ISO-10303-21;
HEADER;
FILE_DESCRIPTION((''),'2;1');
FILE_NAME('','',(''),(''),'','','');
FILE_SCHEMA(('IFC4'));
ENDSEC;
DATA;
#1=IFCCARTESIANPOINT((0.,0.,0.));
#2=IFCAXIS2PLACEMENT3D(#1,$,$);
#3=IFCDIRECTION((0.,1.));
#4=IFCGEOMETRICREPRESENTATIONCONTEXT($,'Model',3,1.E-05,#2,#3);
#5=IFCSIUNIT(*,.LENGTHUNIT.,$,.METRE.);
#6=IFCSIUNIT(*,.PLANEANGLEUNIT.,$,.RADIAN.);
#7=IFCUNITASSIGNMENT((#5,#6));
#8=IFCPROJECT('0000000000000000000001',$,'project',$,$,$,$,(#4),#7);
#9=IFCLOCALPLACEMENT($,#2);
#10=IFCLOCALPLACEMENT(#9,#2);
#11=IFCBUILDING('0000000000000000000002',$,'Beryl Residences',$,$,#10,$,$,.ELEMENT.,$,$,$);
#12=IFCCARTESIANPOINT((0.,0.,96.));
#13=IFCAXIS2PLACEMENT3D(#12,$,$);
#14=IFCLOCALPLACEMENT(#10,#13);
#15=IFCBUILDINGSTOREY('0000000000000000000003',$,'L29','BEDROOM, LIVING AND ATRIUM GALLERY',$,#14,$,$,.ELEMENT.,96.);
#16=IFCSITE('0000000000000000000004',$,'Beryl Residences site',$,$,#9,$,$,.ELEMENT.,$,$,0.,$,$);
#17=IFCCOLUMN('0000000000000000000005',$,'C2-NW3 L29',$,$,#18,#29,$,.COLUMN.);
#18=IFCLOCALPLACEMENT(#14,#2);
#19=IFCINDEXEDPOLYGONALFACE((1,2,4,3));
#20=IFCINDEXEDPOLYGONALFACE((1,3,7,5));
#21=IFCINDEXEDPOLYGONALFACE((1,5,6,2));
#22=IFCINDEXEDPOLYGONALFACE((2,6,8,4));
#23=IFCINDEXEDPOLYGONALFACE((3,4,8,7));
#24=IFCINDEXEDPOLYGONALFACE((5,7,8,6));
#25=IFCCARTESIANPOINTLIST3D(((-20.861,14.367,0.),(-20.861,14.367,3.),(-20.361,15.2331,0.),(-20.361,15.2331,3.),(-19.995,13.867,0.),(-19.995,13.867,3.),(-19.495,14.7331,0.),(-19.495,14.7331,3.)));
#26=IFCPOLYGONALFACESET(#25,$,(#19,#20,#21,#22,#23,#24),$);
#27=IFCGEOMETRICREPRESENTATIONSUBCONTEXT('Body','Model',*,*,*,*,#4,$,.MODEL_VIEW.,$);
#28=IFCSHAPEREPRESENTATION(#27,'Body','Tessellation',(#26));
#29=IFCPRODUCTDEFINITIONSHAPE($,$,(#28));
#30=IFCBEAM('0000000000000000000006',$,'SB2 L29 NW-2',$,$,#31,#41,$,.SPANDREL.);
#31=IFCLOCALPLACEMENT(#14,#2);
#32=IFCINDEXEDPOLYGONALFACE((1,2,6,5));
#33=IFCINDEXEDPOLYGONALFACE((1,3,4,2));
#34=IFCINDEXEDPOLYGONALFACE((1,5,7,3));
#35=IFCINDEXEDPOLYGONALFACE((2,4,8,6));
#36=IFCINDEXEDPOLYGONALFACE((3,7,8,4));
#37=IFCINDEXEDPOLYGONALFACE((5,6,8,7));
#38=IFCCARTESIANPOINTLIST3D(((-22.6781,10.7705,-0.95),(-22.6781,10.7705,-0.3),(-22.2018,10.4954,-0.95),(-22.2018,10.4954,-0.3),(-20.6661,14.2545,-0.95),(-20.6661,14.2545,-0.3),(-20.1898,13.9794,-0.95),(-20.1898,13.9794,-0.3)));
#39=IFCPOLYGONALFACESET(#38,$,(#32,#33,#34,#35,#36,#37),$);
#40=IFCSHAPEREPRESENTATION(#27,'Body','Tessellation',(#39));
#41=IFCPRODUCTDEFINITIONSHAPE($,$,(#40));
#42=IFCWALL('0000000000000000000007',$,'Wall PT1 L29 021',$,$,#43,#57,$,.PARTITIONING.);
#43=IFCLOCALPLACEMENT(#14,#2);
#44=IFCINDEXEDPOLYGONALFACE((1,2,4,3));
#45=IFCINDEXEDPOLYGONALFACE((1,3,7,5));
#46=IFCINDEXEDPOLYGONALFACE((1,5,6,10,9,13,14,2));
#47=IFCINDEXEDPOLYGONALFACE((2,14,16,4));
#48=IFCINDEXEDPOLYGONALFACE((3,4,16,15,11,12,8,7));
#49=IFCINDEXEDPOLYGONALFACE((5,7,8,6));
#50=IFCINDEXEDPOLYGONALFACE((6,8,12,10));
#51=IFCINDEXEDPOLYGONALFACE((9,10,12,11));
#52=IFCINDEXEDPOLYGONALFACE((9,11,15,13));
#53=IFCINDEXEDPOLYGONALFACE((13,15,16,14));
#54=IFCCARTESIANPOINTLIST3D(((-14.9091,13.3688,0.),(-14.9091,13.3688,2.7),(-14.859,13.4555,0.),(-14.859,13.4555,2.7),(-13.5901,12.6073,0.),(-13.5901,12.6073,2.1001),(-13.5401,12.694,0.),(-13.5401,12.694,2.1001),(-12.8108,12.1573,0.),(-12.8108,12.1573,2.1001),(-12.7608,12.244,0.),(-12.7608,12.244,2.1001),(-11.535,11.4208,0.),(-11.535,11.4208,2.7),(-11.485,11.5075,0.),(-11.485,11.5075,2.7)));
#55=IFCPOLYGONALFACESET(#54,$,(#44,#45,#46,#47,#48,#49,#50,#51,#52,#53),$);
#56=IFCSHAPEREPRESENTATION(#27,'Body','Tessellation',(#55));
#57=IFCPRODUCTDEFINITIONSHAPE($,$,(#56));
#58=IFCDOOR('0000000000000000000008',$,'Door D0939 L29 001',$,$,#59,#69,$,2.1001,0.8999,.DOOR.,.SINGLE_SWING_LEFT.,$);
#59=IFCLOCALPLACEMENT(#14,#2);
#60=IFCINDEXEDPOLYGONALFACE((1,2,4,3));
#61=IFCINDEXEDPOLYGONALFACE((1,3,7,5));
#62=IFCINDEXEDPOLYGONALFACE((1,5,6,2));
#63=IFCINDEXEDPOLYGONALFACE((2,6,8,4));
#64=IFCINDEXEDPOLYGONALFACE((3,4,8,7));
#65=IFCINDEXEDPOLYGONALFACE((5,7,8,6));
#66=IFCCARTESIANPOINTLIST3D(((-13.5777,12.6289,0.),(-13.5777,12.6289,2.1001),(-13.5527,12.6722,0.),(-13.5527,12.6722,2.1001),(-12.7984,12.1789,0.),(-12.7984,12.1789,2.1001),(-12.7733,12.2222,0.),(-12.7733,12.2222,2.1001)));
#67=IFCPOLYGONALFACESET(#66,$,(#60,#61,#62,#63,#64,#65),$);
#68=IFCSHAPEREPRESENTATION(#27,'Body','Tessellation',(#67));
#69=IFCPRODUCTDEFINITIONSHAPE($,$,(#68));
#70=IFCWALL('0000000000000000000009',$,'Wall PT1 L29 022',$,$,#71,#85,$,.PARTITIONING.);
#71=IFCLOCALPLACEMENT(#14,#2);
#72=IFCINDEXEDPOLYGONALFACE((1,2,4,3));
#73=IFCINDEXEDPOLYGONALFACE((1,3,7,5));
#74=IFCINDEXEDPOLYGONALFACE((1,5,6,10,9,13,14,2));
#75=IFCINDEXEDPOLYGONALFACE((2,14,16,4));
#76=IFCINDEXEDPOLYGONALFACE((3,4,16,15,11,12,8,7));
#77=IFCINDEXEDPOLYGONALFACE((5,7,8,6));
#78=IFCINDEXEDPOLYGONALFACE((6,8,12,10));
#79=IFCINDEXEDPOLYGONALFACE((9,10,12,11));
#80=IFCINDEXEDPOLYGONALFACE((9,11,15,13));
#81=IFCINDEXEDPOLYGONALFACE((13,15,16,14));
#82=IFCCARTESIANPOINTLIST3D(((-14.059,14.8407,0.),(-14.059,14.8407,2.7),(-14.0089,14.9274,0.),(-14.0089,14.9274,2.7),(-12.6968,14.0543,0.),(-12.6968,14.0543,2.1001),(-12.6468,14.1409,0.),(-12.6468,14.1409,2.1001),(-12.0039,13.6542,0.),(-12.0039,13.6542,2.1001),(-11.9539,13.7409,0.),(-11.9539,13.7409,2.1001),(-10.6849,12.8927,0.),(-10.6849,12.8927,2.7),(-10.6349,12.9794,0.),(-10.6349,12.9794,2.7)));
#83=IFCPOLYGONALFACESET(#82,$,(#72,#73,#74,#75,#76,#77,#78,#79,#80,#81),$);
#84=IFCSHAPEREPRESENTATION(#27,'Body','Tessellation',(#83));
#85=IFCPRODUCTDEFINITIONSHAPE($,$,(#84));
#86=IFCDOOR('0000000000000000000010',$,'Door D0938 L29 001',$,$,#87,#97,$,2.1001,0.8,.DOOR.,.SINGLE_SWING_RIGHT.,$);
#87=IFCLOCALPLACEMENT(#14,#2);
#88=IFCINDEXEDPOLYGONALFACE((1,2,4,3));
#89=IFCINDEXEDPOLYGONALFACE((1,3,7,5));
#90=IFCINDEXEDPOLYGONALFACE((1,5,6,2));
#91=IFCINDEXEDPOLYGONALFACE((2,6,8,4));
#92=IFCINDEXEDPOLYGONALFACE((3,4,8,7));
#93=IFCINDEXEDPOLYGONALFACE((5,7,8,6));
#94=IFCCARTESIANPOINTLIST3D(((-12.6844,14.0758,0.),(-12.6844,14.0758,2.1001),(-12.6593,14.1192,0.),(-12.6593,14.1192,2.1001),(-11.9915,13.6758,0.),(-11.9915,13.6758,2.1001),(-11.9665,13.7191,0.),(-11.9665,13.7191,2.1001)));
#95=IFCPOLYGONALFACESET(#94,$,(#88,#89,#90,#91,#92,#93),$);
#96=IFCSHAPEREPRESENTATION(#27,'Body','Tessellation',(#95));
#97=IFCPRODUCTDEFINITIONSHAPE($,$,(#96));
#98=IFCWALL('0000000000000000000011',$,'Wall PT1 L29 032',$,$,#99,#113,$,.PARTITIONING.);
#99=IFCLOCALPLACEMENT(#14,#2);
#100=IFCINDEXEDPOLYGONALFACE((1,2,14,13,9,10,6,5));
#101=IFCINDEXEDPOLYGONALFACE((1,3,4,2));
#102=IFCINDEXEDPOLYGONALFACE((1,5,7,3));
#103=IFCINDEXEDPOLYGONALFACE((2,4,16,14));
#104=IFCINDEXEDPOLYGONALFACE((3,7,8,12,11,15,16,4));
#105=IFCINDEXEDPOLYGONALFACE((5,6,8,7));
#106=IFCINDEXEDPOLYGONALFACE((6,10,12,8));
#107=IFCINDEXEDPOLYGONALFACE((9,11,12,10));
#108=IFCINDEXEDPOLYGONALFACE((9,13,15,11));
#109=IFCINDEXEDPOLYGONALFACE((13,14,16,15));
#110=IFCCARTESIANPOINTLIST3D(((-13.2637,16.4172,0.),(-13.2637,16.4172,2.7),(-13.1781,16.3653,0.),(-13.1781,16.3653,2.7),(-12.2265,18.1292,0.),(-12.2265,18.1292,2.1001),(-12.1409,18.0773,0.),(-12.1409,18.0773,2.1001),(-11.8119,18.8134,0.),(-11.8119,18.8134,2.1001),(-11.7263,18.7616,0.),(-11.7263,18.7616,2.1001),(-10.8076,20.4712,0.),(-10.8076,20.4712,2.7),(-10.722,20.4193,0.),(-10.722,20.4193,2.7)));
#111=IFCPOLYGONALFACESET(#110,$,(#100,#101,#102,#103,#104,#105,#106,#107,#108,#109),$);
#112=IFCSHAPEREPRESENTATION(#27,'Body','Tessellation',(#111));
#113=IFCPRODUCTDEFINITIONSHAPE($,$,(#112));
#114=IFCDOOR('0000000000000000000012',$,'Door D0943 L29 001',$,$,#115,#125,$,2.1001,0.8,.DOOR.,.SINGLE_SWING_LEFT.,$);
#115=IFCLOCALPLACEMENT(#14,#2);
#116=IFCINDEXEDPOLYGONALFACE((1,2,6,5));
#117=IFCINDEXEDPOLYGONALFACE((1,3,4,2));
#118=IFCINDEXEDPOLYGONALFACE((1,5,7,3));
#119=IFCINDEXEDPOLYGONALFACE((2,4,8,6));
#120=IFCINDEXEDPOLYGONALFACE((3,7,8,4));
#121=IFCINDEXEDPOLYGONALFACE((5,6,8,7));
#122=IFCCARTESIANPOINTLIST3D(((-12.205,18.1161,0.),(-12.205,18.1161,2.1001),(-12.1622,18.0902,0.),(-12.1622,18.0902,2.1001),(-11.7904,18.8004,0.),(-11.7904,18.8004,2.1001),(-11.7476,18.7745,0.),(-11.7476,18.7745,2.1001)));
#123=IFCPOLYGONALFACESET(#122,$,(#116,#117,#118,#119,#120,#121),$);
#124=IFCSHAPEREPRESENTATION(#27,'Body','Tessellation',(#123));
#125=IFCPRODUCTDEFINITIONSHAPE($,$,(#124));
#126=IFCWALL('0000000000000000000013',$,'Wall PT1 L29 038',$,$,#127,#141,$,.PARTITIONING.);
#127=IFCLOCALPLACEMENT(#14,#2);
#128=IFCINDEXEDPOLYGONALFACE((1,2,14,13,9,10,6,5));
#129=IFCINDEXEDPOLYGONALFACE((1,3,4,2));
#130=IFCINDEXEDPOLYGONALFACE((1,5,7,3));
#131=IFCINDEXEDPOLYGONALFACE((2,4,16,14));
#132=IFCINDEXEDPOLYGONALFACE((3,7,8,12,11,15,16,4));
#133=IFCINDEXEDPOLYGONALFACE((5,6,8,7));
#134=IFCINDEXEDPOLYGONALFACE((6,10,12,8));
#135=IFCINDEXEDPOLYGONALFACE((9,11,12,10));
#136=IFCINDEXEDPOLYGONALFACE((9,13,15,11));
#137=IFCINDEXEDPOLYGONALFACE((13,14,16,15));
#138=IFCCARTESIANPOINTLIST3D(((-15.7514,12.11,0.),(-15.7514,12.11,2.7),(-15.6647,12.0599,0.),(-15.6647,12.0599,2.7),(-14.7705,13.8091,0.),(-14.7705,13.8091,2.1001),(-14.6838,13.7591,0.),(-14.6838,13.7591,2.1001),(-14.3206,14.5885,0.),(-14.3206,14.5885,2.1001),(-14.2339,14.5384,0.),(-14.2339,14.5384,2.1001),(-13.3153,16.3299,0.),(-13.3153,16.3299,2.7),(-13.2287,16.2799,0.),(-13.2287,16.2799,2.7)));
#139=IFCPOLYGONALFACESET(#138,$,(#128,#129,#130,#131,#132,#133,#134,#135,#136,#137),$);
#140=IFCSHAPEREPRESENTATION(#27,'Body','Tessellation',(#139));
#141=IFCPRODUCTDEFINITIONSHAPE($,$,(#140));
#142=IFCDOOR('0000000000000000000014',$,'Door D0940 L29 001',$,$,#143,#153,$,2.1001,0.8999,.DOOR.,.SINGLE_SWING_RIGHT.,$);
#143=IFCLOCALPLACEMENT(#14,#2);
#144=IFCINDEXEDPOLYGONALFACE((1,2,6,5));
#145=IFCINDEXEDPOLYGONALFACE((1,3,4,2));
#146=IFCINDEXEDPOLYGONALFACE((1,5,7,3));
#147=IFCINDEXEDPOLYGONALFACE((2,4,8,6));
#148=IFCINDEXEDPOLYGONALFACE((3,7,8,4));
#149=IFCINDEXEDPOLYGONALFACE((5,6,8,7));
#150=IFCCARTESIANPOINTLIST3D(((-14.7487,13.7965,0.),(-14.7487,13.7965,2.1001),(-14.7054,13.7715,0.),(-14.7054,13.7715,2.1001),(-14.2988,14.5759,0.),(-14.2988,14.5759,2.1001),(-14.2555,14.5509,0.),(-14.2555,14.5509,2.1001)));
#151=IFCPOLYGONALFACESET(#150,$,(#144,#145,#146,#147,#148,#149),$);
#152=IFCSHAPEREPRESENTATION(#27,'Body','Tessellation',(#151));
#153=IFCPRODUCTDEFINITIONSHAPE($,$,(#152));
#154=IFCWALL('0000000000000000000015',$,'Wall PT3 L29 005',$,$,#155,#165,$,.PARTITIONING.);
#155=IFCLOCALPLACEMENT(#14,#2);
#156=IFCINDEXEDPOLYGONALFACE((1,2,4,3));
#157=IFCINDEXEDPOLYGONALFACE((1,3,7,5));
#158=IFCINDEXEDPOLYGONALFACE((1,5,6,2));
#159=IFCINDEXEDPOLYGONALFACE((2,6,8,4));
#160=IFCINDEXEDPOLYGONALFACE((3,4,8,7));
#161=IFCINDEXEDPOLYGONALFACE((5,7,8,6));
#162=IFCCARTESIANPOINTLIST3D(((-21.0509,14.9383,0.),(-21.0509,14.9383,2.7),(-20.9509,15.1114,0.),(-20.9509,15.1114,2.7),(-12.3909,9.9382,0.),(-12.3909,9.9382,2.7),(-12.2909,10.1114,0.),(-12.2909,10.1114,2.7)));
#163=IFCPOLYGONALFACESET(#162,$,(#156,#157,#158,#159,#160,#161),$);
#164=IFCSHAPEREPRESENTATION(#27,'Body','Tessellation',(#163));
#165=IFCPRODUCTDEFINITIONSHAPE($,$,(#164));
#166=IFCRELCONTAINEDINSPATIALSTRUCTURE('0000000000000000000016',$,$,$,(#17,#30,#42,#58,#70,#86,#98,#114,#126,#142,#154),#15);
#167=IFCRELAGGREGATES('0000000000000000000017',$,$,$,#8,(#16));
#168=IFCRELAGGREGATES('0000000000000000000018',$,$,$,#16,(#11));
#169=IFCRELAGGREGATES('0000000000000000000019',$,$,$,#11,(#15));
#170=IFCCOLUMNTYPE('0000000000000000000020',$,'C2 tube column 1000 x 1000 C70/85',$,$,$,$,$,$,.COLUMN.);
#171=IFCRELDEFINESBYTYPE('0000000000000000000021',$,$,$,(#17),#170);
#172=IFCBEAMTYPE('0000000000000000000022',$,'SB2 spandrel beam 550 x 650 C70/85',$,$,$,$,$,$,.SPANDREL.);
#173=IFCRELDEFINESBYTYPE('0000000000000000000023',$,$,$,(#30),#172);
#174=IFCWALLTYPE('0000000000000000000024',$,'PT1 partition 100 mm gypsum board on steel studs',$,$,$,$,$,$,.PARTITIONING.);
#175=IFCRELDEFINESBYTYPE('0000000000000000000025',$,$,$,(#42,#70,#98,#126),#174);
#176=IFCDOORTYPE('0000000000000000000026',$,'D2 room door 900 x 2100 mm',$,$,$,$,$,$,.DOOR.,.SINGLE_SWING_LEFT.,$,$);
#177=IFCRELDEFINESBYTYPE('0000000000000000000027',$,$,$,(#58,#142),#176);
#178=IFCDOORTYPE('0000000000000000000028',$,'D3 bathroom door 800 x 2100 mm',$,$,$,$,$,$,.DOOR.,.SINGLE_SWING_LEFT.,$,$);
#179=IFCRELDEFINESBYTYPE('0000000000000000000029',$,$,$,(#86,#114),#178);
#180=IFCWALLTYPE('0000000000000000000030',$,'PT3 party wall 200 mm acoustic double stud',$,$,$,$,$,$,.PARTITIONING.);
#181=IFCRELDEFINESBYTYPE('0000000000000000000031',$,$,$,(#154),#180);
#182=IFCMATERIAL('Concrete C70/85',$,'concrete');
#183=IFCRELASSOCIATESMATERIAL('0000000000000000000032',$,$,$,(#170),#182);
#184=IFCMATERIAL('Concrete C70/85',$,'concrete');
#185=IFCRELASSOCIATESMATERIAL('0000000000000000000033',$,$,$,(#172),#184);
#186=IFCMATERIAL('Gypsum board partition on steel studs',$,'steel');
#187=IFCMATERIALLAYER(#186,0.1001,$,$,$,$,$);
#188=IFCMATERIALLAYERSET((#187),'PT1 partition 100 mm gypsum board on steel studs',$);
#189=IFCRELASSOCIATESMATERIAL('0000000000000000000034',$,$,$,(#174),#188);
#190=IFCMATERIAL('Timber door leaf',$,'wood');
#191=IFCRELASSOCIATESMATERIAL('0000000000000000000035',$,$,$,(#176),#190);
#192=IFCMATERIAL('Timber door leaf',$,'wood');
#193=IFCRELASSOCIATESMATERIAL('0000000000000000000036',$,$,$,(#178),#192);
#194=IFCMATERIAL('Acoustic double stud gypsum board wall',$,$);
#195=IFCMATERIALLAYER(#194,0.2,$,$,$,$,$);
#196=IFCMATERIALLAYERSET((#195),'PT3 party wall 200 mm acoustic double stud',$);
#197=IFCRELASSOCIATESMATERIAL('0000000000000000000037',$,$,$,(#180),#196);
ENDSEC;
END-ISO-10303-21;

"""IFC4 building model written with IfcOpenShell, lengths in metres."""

from ifc_helpers import new_model, si_unit, direction, frame, frame_2d, origin, origin_2d, place, context, subcontext, project, spatial, rectangle, extrude, material, layer, layer_set, material_profile, profile_set, type_object, element, fill, save


model = new_model("IFC4")

# Units and contexts
model_context = context("Model", 3, precision=1e-05, world=origin(), true_north=direction((0.0, 1.0)))
body_context = subcontext(model_context, "Body", "Model", "MODEL_VIEW")
ifc_project = project(units=[si_unit("LENGTHUNIT", "METRE"), si_unit("PLANEANGLEUNIT", "RADIAN")], contexts=[model_context])

# Site, building, storey
site_placement = place(None, origin())
site = spatial("IfcSite", under=ifc_project, at=site_placement, Name="Beryl Residences site", CompositionType="ELEMENT", RefElevation=0.0)
building_placement = place(site_placement, origin())
building = spatial("IfcBuilding", under=site, at=building_placement, Name="Beryl Residences", CompositionType="ELEMENT")
storey_placement = place(building_placement, frame((0.0, 0.0, 96.0)))
storey = spatial("IfcBuildingStorey", under=building, at=storey_placement, Name="L29", Description="BEDROOM, LIVING AND ATRIUM GALLERY", CompositionType="ELEMENT", Elevation=96.0)

# Column
ifc_material_1 = material(Name="Concrete C70/85", Category="concrete")
ifc_material_profile_1 = material_profile(ifc_material_1, rectangle(XDim=1.0, YDim=1.0, at=origin_2d()))
ifc_profile_set_1 = profile_set([ifc_material_profile_1], Name="Concrete C70/85")
column_type = type_object("IfcColumnType", Name="C2 tube column 1000 x 1000 C70/85", PredefinedType="COLUMN", material=ifc_profile_set_1)
column_placement = place(storey_placement, frame((-20.178, 14.55, 0.0), z_axis=(0.0, 0.0, 1.0), x_axis=(-0.5, -0.866025, 0.0)))
element("IfcColumn", 1, at=column_placement, inside=storey, type_object=column_type, Name="C2-NW3 L29", PredefinedType="COLUMN", context=body_context, shape_type="SweptSolid", body=[
    extrude(rectangle(XDim=1.0, YDim=1.0, at=origin_2d()), origin(), (0.0, 0.0, 1.0), 3.0),
])

# Beam
ifc_material_2 = material(Name="Concrete C70/85", Category="concrete")
ifc_material_profile_2 = material_profile(ifc_material_2, rectangle(XDim=0.55, YDim=0.6499, at=origin_2d()))
ifc_profile_set_2 = profile_set([ifc_material_profile_2], Name="Concrete C70/85")
beam_type = type_object("IfcBeamType", Name="SB2 spandrel beam 550 x 650 C70/85", PredefinedType="SPANDREL", material=ifc_profile_set_2)
beam_placement = place(storey_placement, frame((-20.428, 14.1169, -0.625), z_axis=(-0.500101, -0.865967, 0.0), x_axis=(0.865967, -0.500101, 0.0)))
element("IfcBeam", 2, at=beam_placement, inside=storey, type_object=beam_type, Name="SB2 L29 NW-2", PredefinedType="SPANDREL", context=body_context, shape_type="SweptSolid", body=[
    extrude(rectangle(XDim=0.55, YDim=0.6499, at=origin_2d()), origin(), (0.0, 0.0, 1.0), 4.0232),
])

# Walls, openings, doors
ifc_material_3 = material(Name="Gypsum board partition on steel studs", Category="steel")
ifc_layer_1 = layer(ifc_material_3, 0.1001)
ifc_layer_set_1 = layer_set([ifc_layer_1], Name="PT1 partition 100 mm gypsum board on steel studs")
wall_type_1 = type_object("IfcWallType", Name="PT1 partition 100 mm gypsum board on steel studs", PredefinedType="PARTITIONING", material=ifc_layer_set_1)
wall_1_placement = place(storey_placement, frame((-14.884, 13.4121, 0.0), z_axis=(0.0, 0.0, 1.0), x_axis=(0.866025, -0.500001, 0.0)))
wall_1 = element("IfcWall", 3, at=wall_1_placement, inside=storey, type_object=wall_type_1, Name="Wall PT1 L29 021", PredefinedType="PARTITIONING", context=body_context, shape_type="SweptSolid", body=[
    extrude(rectangle(XDim=3.896, YDim=0.1001, at=frame_2d((1.948, 0.0))), origin(), (0.0, 0.0, 1.0), 2.7),
])
opening_1_placement = place(wall_1_placement, frame((1.5229, 0.0, 0.0)))
opening_1 = element("IfcOpeningElement", 4, at=opening_1_placement, cuts=wall_1, PredefinedType="OPENING", context=body_context, shape_type="SweptSolid", body=[
    extrude(rectangle(XDim=0.8999, YDim=2.1001, at=frame_2d((0.45, 1.05))), frame((0.0, 0.0601, 0.0), z_axis=(0.0, -1.0, 0.0), x_axis=(1.0, 0.0, 0.0)), (0.0, 0.0, 1.0), 0.1201),
])
ifc_material_4 = material(Name="Timber door leaf", Category="wood")
door_type_1 = type_object("IfcDoorType", Name="D2 room door 900 x 2100 mm", OperationType="SINGLE_SWING_LEFT", PredefinedType="DOOR", material=ifc_material_4)
door_1_placement = place(opening_1_placement, origin())
door_1 = element("IfcDoor", 5, at=door_1_placement, inside=storey, type_object=door_type_1, Name="Door D0939 L29 001", OperationType="SINGLE_SWING_LEFT", OverallHeight=2.1001, OverallWidth=0.8999, PredefinedType="DOOR", context=body_context, shape_type="SweptSolid", body=[
    extrude(rectangle(XDim=0.8999, YDim=2.1001, at=frame_2d((0.45, 1.05))), frame((0.0, 0.0249, 0.0), z_axis=(0.0, -1.0, 0.0), x_axis=(1.0, 0.0, 0.0)), (0.0, 0.0, 1.0), 0.05),
])
fill(opening_1, door_1)
wall_2_placement = place(storey_placement, frame((-14.0339, 14.884, 0.0), z_axis=(0.0, 0.0, 1.0), x_axis=(0.866025, -0.500001, 0.0)))
wall_2 = element("IfcWall", 6, at=wall_2_placement, inside=storey, type_object=wall_type_1, Name="Wall PT1 L29 022", PredefinedType="PARTITIONING", context=body_context, shape_type="SweptSolid", body=[
    extrude(rectangle(XDim=3.896, YDim=0.1001, at=frame_2d((1.948, 0.0))), origin(), (0.0, 0.0, 1.0), 2.7),
])
opening_2_placement = place(wall_2_placement, frame((1.573, 0.0, 0.0)))
opening_2 = element("IfcOpeningElement", 7, at=opening_2_placement, cuts=wall_2, PredefinedType="OPENING", context=body_context, shape_type="SweptSolid", body=[
    extrude(rectangle(XDim=0.8, YDim=2.1001, at=frame_2d((0.3999, 1.05))), frame((0.0, 0.0601, 0.0), z_axis=(0.0, -1.0, 0.0), x_axis=(1.0, 0.0, 0.0)), (0.0, 0.0, 1.0), 0.1201),
])
ifc_material_5 = material(Name="Timber door leaf", Category="wood")
door_type_2 = type_object("IfcDoorType", Name="D3 bathroom door 800 x 2100 mm", OperationType="SINGLE_SWING_LEFT", PredefinedType="DOOR", material=ifc_material_5)
door_2_placement = place(opening_2_placement, origin())
door_2 = element("IfcDoor", 8, at=door_2_placement, inside=storey, type_object=door_type_2, Name="Door D0938 L29 001", OperationType="SINGLE_SWING_RIGHT", OverallHeight=2.1001, OverallWidth=0.8, PredefinedType="DOOR", context=body_context, shape_type="SweptSolid", body=[
    extrude(rectangle(XDim=0.8, YDim=2.1001, at=frame_2d((0.3999, 1.05))), frame((0.0, 0.0249, 0.0), z_axis=(0.0, -1.0, 0.0), x_axis=(1.0, 0.0, 0.0)), (0.0, 0.0, 1.0), 0.05),
])
fill(opening_2, door_2)
wall_3_placement = place(storey_placement, frame((-13.2209, 16.3911, 0.0), z_axis=(0.0, 0.0, 1.0), x_axis=(0.518165, 0.855281, 0.0)))
wall_3 = element("IfcWall", 9, at=wall_3_placement, inside=storey, type_object=wall_type_1, Name="Wall PT1 L29 032", PredefinedType="PARTITIONING", context=body_context, shape_type="SweptSolid", body=[
    extrude(rectangle(XDim=4.74, YDim=0.1001, at=frame_2d((2.3701, 0.0))), origin(), (0.0, 0.0, 1.0), 2.7),
])
opening_3_placement = place(wall_3_placement, frame((2.002, 0.0, 0.0)))
opening_3 = element("IfcOpeningElement", 10, at=opening_3_placement, cuts=wall_3, PredefinedType="OPENING", context=body_context, shape_type="SweptSolid", body=[
    extrude(rectangle(XDim=0.8, YDim=2.1001, at=frame_2d((0.3999, 1.05))), frame((0.0, 0.0601, 0.0), z_axis=(0.0, -1.0, 0.0), x_axis=(1.0, 0.0, 0.0)), (0.0, 0.0, 1.0), 0.1201),
])
door_3_placement = place(opening_3_placement, origin())
door_3 = element("IfcDoor", 11, at=door_3_placement, inside=storey, type_object=door_type_2, Name="Door D0943 L29 001", OperationType="SINGLE_SWING_LEFT", OverallHeight=2.1001, OverallWidth=0.8, PredefinedType="DOOR", context=body_context, shape_type="SweptSolid", body=[
    extrude(rectangle(XDim=0.8, YDim=2.1001, at=frame_2d((0.3999, 1.05))), frame((0.0, 0.0249, 0.0), z_axis=(0.0, -1.0, 0.0), x_axis=(1.0, 0.0, 0.0)), (0.0, 0.0, 1.0), 0.05),
])
fill(opening_3, door_3)
wall_4_placement = place(storey_placement, frame((-15.708, 12.085, 0.0), z_axis=(0.0, 0.0, 1.0), x_axis=(0.499944, 0.866058, 0.0)))
wall_4 = element("IfcWall", 12, at=wall_4_placement, inside=storey, type_object=wall_type_1, Name="Wall PT1 L29 038", PredefinedType="PARTITIONING", context=body_context, shape_type="SweptSolid", body=[
    extrude(rectangle(XDim=4.8726, YDim=0.1001, at=frame_2d((2.4363, 0.0))), origin(), (0.0, 0.0, 1.0), 2.7),
])
opening_4_placement = place(wall_4_placement, frame((1.9619, 0.0, 0.0)))
opening_4 = element("IfcOpeningElement", 13, at=opening_4_placement, cuts=wall_4, PredefinedType="OPENING", context=body_context, shape_type="SweptSolid", body=[
    extrude(rectangle(XDim=0.8999, YDim=2.1001, at=frame_2d((0.45, 1.05))), frame((0.0, 0.0601, 0.0), z_axis=(0.0, -1.0, 0.0), x_axis=(1.0, 0.0, 0.0)), (0.0, 0.0, 1.0), 0.1201),
])
door_4_placement = place(opening_4_placement, origin())
door_4 = element("IfcDoor", 14, at=door_4_placement, inside=storey, type_object=door_type_1, Name="Door D0940 L29 001", OperationType="SINGLE_SWING_RIGHT", OverallHeight=2.1001, OverallWidth=0.8999, PredefinedType="DOOR", context=body_context, shape_type="SweptSolid", body=[
    extrude(rectangle(XDim=0.8999, YDim=2.1001, at=frame_2d((0.45, 1.05))), frame((0.0, 0.0249, 0.0), z_axis=(0.0, -1.0, 0.0), x_axis=(1.0, 0.0, 0.0)), (0.0, 0.0, 1.0), 0.05),
])
fill(opening_4, door_4)

# Wall
ifc_material_6 = material(Name="Acoustic double stud gypsum board wall")
ifc_layer_2 = layer(ifc_material_6, 0.2)
ifc_layer_set_2 = layer_set([ifc_layer_2], Name="PT3 party wall 200 mm acoustic double stud")
wall_type_2 = type_object("IfcWallType", Name="PT3 party wall 200 mm acoustic double stud", PredefinedType="PARTITIONING", material=ifc_layer_set_2)
wall_5_placement = place(storey_placement, frame((-21.001, 15.0249, 0.0), z_axis=(0.0, 0.0, 1.0), x_axis=(0.866017, -0.500015, 0.0)))
element("IfcWall", 15, at=wall_5_placement, inside=storey, type_object=wall_type_2, Name="Wall PT3 L29 005", PredefinedType="PARTITIONING", context=body_context, shape_type="SweptSolid", body=[
    extrude(rectangle(XDim=9.9998, YDim=0.2, at=frame_2d((5.0, 0.0))), origin(), (0.0, 0.0, 1.0), 2.7),
])

save(model, "model.ifc")
